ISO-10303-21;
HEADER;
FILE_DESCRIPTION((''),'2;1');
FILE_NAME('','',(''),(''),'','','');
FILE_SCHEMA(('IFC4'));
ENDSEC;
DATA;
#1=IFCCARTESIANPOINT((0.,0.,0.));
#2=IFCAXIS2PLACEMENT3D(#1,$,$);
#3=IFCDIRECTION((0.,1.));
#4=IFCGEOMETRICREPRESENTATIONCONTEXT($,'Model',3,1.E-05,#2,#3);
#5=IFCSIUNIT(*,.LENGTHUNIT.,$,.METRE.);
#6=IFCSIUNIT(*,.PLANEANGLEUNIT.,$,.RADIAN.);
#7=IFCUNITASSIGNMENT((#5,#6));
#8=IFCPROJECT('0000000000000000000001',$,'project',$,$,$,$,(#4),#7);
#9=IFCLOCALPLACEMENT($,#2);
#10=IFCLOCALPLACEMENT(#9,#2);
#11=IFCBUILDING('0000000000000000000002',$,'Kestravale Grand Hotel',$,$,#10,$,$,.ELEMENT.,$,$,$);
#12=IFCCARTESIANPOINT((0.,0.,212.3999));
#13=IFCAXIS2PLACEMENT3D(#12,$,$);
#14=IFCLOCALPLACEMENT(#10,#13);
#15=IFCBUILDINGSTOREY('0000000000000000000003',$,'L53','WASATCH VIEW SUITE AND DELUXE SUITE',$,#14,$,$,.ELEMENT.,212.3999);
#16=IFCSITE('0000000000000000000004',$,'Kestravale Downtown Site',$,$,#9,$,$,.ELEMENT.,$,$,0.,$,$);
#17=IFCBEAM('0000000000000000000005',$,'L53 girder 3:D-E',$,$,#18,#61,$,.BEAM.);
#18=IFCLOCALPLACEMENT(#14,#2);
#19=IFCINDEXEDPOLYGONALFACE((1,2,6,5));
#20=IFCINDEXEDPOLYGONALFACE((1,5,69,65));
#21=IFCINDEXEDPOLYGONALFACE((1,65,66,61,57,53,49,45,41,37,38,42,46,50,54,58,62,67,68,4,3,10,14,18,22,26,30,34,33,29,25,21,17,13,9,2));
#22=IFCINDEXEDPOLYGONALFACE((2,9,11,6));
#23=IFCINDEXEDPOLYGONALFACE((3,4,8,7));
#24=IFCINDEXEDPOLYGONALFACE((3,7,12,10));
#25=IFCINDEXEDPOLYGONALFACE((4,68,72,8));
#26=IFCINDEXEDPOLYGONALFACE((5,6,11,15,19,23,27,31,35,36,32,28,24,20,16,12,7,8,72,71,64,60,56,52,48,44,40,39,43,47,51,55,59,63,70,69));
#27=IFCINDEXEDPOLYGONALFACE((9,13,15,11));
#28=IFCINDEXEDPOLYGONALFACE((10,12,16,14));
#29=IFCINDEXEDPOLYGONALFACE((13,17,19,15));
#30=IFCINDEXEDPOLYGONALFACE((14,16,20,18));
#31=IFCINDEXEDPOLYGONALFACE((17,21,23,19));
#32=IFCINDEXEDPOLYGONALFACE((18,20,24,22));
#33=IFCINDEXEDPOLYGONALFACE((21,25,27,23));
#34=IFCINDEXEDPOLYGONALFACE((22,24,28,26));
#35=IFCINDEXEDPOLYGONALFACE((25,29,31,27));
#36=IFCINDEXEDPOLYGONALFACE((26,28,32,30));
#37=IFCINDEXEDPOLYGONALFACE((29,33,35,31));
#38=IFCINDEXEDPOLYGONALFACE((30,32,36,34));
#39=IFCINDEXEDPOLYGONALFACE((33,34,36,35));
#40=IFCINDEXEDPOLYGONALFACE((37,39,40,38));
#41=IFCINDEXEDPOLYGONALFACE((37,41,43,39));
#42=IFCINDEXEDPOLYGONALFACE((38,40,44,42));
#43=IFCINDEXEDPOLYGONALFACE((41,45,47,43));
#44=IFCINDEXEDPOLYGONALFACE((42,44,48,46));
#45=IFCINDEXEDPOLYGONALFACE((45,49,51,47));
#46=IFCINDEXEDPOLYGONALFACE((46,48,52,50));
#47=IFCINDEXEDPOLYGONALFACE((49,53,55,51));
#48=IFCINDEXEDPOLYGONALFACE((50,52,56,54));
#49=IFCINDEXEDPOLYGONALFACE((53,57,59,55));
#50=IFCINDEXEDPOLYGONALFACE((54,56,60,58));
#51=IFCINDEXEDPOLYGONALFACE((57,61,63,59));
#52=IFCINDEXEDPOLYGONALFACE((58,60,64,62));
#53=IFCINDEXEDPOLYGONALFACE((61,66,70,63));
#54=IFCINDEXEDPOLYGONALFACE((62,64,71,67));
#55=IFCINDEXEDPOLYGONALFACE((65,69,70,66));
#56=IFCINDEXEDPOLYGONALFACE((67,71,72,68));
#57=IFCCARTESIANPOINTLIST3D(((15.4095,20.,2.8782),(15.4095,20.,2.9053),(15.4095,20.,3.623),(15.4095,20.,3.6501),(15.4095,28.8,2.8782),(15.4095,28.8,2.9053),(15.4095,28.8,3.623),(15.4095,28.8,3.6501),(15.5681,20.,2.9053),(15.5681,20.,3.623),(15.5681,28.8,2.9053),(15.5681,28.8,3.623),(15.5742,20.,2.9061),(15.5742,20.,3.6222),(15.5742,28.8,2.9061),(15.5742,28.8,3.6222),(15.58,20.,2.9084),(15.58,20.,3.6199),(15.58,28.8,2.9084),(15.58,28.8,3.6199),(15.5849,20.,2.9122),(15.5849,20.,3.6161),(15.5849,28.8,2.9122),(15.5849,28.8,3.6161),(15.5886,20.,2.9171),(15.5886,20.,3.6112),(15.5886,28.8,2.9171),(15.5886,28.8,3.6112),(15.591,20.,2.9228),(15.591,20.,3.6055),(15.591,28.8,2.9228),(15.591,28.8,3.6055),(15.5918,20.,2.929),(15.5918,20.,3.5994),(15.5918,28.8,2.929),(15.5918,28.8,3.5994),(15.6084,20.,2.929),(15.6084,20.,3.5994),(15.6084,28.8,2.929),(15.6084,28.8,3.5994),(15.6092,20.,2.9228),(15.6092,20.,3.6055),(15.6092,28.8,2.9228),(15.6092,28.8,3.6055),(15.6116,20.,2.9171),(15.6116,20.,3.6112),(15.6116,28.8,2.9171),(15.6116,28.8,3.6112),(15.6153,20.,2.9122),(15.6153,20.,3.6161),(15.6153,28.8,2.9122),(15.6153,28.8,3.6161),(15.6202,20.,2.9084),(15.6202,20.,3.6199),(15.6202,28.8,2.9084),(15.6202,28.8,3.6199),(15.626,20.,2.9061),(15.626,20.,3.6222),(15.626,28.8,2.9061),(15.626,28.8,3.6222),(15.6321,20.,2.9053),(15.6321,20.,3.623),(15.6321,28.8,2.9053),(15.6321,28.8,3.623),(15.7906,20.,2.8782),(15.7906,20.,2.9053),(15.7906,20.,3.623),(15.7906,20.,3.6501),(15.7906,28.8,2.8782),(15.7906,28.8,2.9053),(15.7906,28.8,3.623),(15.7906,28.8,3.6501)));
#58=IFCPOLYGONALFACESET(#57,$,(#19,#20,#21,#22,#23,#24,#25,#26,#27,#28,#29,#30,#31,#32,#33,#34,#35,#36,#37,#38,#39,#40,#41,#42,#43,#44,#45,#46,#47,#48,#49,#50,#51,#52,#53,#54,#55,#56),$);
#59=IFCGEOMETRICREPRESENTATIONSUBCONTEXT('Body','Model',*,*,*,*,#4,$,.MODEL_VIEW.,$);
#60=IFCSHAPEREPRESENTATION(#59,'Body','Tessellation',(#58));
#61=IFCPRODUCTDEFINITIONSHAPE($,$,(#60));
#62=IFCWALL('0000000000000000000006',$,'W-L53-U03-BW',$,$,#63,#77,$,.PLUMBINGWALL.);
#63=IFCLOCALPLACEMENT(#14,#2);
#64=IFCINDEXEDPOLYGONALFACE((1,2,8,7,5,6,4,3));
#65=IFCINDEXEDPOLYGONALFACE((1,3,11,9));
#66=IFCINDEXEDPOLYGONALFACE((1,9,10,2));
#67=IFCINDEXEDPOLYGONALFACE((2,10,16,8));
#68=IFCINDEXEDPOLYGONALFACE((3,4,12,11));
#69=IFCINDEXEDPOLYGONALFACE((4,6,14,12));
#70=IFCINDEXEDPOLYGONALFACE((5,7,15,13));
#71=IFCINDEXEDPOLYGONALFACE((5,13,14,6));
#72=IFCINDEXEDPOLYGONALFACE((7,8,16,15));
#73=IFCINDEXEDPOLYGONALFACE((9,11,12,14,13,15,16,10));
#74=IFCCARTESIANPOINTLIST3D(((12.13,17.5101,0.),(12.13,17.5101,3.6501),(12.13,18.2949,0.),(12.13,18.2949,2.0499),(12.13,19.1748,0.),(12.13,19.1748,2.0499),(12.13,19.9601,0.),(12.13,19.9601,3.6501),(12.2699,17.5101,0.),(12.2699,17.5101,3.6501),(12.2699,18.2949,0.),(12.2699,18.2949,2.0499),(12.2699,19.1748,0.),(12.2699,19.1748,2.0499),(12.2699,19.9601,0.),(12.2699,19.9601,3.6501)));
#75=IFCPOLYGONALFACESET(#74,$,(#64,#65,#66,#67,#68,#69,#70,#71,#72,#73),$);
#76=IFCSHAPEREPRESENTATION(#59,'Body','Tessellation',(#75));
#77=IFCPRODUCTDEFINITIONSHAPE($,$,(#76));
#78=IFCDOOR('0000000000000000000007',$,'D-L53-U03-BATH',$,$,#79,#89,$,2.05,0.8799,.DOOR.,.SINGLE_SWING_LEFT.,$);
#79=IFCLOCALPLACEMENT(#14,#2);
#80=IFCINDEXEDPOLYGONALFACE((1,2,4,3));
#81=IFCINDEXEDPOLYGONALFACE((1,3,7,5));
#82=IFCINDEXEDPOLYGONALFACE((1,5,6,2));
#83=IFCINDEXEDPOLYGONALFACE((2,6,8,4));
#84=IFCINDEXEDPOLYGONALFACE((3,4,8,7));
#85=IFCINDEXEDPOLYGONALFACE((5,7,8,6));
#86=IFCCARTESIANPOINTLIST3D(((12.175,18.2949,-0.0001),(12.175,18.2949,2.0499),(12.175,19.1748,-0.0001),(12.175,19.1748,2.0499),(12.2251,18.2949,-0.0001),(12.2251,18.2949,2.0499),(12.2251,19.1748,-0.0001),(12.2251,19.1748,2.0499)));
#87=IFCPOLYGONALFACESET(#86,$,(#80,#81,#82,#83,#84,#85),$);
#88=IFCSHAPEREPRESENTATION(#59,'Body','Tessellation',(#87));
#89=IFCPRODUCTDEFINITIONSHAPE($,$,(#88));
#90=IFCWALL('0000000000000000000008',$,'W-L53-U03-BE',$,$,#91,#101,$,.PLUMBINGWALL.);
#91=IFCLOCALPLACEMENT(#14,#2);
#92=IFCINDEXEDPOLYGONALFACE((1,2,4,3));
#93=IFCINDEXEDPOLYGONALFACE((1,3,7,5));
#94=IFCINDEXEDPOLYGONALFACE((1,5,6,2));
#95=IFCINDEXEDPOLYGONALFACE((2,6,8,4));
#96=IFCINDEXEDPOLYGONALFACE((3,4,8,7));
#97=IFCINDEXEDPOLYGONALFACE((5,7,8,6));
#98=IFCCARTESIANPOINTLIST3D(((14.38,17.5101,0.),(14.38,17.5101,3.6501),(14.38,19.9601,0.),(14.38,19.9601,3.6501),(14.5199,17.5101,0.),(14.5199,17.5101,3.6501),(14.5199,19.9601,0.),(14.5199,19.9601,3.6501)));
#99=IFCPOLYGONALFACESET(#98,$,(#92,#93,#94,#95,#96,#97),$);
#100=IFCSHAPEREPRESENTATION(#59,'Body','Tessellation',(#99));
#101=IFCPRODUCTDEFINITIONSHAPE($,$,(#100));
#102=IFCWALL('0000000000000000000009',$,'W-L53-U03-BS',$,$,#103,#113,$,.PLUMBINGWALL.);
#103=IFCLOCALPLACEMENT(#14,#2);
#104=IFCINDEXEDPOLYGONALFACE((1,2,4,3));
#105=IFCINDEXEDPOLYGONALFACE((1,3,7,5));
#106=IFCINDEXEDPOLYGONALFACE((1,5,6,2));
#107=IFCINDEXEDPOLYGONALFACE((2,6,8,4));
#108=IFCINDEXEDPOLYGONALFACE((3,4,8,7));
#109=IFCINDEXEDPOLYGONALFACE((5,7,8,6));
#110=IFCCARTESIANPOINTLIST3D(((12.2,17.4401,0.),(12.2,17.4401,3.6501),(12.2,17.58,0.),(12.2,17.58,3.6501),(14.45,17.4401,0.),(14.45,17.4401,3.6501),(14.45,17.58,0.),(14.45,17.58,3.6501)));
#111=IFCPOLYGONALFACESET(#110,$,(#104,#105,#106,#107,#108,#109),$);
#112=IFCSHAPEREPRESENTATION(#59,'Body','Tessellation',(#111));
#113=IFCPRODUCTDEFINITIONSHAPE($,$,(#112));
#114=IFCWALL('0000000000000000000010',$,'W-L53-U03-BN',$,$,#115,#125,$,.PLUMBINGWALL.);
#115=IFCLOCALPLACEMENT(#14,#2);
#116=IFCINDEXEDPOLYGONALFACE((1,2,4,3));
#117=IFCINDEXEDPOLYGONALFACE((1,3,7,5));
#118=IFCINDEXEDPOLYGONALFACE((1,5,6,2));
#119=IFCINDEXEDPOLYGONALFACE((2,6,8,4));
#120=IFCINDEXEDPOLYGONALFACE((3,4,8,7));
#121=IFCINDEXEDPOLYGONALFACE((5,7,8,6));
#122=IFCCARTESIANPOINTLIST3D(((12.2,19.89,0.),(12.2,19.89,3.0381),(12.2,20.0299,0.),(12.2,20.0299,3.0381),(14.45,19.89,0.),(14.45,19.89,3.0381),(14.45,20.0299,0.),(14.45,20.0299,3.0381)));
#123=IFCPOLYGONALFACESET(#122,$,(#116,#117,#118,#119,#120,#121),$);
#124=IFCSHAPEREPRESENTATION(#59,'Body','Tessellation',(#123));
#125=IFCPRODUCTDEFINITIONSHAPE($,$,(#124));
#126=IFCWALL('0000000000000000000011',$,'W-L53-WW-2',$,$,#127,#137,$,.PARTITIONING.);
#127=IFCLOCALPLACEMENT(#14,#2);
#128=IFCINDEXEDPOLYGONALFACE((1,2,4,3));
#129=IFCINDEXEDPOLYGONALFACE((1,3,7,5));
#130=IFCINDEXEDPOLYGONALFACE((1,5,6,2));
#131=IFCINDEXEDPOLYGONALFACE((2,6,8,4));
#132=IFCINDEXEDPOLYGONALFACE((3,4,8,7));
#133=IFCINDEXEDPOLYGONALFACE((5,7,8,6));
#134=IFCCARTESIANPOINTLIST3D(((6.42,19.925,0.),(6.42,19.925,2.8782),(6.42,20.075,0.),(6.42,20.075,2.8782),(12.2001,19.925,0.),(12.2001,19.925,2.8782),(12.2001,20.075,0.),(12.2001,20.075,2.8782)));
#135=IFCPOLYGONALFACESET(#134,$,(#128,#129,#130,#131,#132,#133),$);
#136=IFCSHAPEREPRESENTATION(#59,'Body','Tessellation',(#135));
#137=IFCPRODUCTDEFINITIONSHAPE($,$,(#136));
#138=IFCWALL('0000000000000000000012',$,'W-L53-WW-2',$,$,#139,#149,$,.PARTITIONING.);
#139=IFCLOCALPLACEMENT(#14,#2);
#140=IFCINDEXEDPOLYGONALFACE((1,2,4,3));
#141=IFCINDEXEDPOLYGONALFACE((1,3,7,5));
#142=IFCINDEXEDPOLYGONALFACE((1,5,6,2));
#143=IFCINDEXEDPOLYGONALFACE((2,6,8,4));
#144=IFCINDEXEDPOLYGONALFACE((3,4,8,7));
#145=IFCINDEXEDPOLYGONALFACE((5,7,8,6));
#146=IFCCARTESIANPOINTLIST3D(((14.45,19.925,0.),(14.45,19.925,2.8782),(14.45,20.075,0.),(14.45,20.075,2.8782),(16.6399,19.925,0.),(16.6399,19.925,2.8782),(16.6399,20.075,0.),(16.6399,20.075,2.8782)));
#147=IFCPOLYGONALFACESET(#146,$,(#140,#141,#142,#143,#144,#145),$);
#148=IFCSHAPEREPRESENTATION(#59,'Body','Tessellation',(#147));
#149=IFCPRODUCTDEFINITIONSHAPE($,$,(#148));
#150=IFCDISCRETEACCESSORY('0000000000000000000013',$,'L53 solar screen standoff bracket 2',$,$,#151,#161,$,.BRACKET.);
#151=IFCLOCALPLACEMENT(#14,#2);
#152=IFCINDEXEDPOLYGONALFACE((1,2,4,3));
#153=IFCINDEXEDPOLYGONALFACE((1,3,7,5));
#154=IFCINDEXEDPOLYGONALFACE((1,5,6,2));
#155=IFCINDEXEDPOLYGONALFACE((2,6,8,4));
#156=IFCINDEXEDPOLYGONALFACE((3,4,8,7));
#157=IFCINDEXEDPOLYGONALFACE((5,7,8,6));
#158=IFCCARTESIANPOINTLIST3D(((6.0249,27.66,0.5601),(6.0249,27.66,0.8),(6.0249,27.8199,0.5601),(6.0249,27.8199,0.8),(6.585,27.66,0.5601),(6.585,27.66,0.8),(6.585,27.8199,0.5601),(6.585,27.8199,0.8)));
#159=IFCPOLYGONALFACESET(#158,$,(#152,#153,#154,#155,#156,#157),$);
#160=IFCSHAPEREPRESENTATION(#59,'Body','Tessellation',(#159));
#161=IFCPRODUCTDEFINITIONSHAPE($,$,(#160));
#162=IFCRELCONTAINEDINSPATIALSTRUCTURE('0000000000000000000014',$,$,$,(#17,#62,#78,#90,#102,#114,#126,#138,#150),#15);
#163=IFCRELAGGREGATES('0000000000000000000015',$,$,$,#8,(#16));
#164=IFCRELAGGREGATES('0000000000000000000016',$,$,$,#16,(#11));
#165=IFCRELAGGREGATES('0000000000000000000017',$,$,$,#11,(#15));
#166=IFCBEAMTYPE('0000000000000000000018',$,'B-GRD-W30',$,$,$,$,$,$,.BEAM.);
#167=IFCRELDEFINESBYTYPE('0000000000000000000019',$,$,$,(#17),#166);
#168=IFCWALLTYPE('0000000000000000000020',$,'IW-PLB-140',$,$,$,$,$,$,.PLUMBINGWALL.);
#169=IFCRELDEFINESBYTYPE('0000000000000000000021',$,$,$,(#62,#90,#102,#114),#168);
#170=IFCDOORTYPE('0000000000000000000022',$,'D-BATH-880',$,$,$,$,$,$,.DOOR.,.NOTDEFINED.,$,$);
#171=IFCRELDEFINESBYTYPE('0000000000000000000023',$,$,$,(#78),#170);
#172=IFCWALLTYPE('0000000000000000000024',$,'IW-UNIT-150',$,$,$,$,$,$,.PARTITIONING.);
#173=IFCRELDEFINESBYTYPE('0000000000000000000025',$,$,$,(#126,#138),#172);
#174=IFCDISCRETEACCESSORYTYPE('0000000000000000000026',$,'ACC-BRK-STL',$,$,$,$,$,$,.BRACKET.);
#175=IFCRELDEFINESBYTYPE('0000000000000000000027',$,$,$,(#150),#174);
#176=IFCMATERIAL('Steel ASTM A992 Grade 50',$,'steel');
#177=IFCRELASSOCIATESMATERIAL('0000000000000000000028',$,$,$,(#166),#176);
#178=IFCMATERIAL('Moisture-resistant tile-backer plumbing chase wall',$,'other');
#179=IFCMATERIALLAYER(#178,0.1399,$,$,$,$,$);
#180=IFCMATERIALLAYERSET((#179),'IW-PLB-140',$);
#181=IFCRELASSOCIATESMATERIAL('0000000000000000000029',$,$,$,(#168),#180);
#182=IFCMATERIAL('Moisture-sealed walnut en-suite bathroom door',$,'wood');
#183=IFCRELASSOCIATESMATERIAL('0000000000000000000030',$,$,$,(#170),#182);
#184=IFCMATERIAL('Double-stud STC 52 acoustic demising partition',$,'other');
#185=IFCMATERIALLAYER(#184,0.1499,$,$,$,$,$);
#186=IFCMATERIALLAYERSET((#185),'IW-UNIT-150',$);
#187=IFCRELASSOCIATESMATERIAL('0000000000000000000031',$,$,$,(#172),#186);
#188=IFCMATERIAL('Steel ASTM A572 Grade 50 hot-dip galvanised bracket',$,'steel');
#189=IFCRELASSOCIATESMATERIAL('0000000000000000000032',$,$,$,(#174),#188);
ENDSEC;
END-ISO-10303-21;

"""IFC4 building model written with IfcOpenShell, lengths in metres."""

from ifc_helpers import new_model, si_unit, direction, frame, frame_2d, origin, origin_2d, place, context, subcontext, project, spatial, rectangle, i_section, extrude, material, layer, layer_set, material_profile, profile_set, type_object, element, fill, save


model = new_model("IFC4")

# Units and contexts
model_context = context("Model", 3, precision=1e-05, world=origin(), true_north=direction((0.0, 1.0)))
body_context = subcontext(model_context, "Body", "Model", "MODEL_VIEW")
ifc_project = project(units=[si_unit("LENGTHUNIT", "METRE"), si_unit("PLANEANGLEUNIT", "RADIAN")], contexts=[model_context])

# Site, building, storey
site_placement = place(None, origin())
site = spatial("IfcSite", under=ifc_project, at=site_placement, Name="Kestravale Downtown Site", CompositionType="ELEMENT", RefElevation=0.0)
building_placement = place(site_placement, origin())
building = spatial("IfcBuilding", under=site, at=building_placement, Name="Kestravale Grand Hotel", CompositionType="ELEMENT")
storey_placement = place(building_placement, frame((0.0, 0.0, 212.3999)))
storey = spatial("IfcBuildingStorey", under=building, at=storey_placement, Name="L53", Description="WASATCH VIEW SUITE AND DELUXE SUITE", CompositionType="ELEMENT", Elevation=212.3999)

# Beam
ifc_material_1 = material(Name="Steel ASTM A992 Grade 50", Category="steel")
ifc_material_profile_1 = material_profile(ifc_material_1, i_section(OverallWidth=0.3811, OverallDepth=0.772, WebThickness=0.0166, FlangeThickness=0.0271, FilletRadius=0.0237, at=origin_2d()))
ifc_profile_set_1 = profile_set([ifc_material_profile_1], Name="Steel ASTM A992 Grade 50")
beam_type_1 = type_object("IfcBeamType", Name="B-GRD-W30", PredefinedType="BEAM", material=ifc_profile_set_1)
beam_1_placement = place(storey_placement, frame((15.6001, 20.0, 3.2642), z_axis=(0.0, 1.0, 0.0), x_axis=(-1.0, 0.0, 0.0)))
element("IfcBeam", 1, at=beam_1_placement, inside=storey, type_object=beam_type_1, Name="L53 girder 3:D-E", PredefinedType="BEAM", context=body_context, shape_type="SweptSolid", body=[
    extrude(i_section(OverallWidth=0.3811, OverallDepth=0.772, WebThickness=0.0166, FlangeThickness=0.0271, FilletRadius=0.0237, at=origin_2d()), origin(), (0.0, 0.0, 1.0), 8.8),
])

# Wall, opening, door
ifc_material_2 = material(Name="Moisture-resistant tile-backer plumbing chase wall", Category="other")
ifc_layer_1 = layer(ifc_material_2, 0.1399)
ifc_layer_set_1 = layer_set([ifc_layer_1], Name="IW-PLB-140")
wall_type_1 = type_object("IfcWallType", Name="IW-PLB-140", PredefinedType="PLUMBINGWALL", material=ifc_layer_set_1)
wall_1_placement = place(storey_placement, frame((12.2, 17.51, 0.0), z_axis=(0.0, 0.0, 1.0), x_axis=(0.0, 1.0, 0.0)))
wall_1 = element("IfcWall", 2, at=wall_1_placement, inside=storey, type_object=wall_type_1, Name="W-L53-U03-BW", PredefinedType="PLUMBINGWALL", context=body_context, shape_type="SweptSolid", body=[
    extrude(rectangle(XDim=2.45, YDim=0.1399, at=frame_2d((1.2251, 0.0))), origin(), (0.0, 0.0, 1.0), 3.6501),
])
opening_placement = place(wall_1_placement, frame((0.7849, 0.0, 0.0)))
opening = element("IfcOpeningElement", 3, at=opening_placement, cuts=wall_1, PredefinedType="OPENING", context=body_context, shape_type="SweptSolid", body=[
    extrude(rectangle(XDim=0.8799, YDim=2.05, at=frame_2d((0.4399, 1.0249))), frame((0.0, 0.0798, 0.0), z_axis=(0.0, -1.0, 0.0), x_axis=(1.0, 0.0, 0.0)), (0.0, 0.0, 1.0), 0.1599),
])
ifc_material_3 = material(Name="Moisture-sealed walnut en-suite bathroom door", Category="wood")
door_type = type_object("IfcDoorType", Name="D-BATH-880", OperationType="NOTDEFINED", PredefinedType="DOOR", material=ifc_material_3)
door_placement = place(opening_placement, origin())
door = element("IfcDoor", 4, at=door_placement, inside=storey, type_object=door_type, Name="D-L53-U03-BATH", OperationType="SINGLE_SWING_LEFT", OverallHeight=2.05, OverallWidth=0.8799, PredefinedType="DOOR", context=body_context, shape_type="SweptSolid", body=[
    extrude(rectangle(XDim=0.8799, YDim=2.05, at=frame_2d((0.4399, 1.0249))), frame((0.0, 0.0249, 0.0), z_axis=(0.0, -1.0, 0.0), x_axis=(1.0, 0.0, 0.0)), (0.0, 0.0, 1.0), 0.05),
])
fill(opening, door)

# Walls
wall_2_placement = place(storey_placement, frame((14.45, 17.51, 0.0), z_axis=(0.0, 0.0, 1.0), x_axis=(0.0, 1.0, 0.0)))
element("IfcWall", 5, at=wall_2_placement, inside=storey, type_object=wall_type_1, Name="W-L53-U03-BE", PredefinedType="PLUMBINGWALL", context=body_context, shape_type="SweptSolid", body=[
    extrude(rectangle(XDim=2.45, YDim=0.1399, at=frame_2d((1.2251, 0.0))), origin(), (0.0, 0.0, 1.0), 3.6501),
])
wall_3_placement = place(storey_placement, frame((12.2, 17.51, 0.0), z_axis=(0.0, 0.0, 1.0), x_axis=(1.0, 0.0, 0.0)))
element("IfcWall", 6, at=wall_3_placement, inside=storey, type_object=wall_type_1, Name="W-L53-U03-BS", PredefinedType="PLUMBINGWALL", context=body_context, shape_type="SweptSolid", body=[
    extrude(rectangle(XDim=2.25, YDim=0.1399, at=frame_2d((1.125, 0.0))), origin(), (0.0, 0.0, 1.0), 3.6501),
])
wall_4_placement = place(storey_placement, frame((12.2, 19.96, 0.0), z_axis=(0.0, 0.0, 1.0), x_axis=(1.0, 0.0, 0.0)))
element("IfcWall", 7, at=wall_4_placement, inside=storey, type_object=wall_type_1, Name="W-L53-U03-BN", PredefinedType="PLUMBINGWALL", context=body_context, shape_type="SweptSolid", body=[
    extrude(rectangle(XDim=2.25, YDim=0.1399, at=frame_2d((1.125, 0.0))), origin(), (0.0, 0.0, 1.0), 3.0381),
])
ifc_material_4 = material(Name="Double-stud STC 52 acoustic demising partition", Category="other")
ifc_layer_2 = layer(ifc_material_4, 0.1499)
ifc_layer_set_2 = layer_set([ifc_layer_2], Name="IW-UNIT-150")
wall_type_2 = type_object("IfcWallType", Name="IW-UNIT-150", PredefinedType="PARTITIONING", material=ifc_layer_set_2)
wall_5_placement = place(storey_placement, frame((6.4199, 20.0, 0.0), z_axis=(0.0, 0.0, 1.0), x_axis=(1.0, 0.0, 0.0)))
element("IfcWall", 8, at=wall_5_placement, inside=storey, type_object=wall_type_2, Name="W-L53-WW-2", PredefinedType="PARTITIONING", context=body_context, shape_type="SweptSolid", body=[
    extrude(rectangle(XDim=5.78, YDim=0.1499, at=frame_2d((2.8901, 0.0))), origin(), (0.0, 0.0, 1.0), 2.8782),
])
wall_6_placement = place(storey_placement, frame((14.45, 20.0, 0.0), z_axis=(0.0, 0.0, 1.0), x_axis=(1.0, 0.0, 0.0)))
element("IfcWall", 9, at=wall_6_placement, inside=storey, type_object=wall_type_2, Name="W-L53-WW-2", PredefinedType="PARTITIONING", context=body_context, shape_type="SweptSolid", body=[
    extrude(rectangle(XDim=2.1899, YDim=0.1499, at=frame_2d((1.095, 0.0))), origin(), (0.0, 0.0, 1.0), 2.8782),
])

# Discrete accessory
ifc_material_5 = material(Name="Steel ASTM A572 Grade 50 hot-dip galvanised bracket", Category="steel")
discrete_accessory_type = type_object("IfcDiscreteAccessoryType", Name="ACC-BRK-STL", PredefinedType="BRACKET", material=ifc_material_5)
discrete_accessory_placement = place(storey_placement, frame((6.3049, 27.74, 0.5601), z_axis=(0.0, 0.0, 1.0), x_axis=(0.0, -1.0, 0.0)))
element("IfcDiscreteAccessory", 10, at=discrete_accessory_placement, inside=storey, type_object=discrete_accessory_type, Name="L53 solar screen standoff bracket 2", PredefinedType="BRACKET", context=body_context, shape_type="SweptSolid", body=[
    extrude(rectangle(XDim=0.1599, YDim=0.5601, at=origin_2d()), origin(), (0.0, 0.0, 1.0), 0.24),
])

save(model, "model.ifc")
